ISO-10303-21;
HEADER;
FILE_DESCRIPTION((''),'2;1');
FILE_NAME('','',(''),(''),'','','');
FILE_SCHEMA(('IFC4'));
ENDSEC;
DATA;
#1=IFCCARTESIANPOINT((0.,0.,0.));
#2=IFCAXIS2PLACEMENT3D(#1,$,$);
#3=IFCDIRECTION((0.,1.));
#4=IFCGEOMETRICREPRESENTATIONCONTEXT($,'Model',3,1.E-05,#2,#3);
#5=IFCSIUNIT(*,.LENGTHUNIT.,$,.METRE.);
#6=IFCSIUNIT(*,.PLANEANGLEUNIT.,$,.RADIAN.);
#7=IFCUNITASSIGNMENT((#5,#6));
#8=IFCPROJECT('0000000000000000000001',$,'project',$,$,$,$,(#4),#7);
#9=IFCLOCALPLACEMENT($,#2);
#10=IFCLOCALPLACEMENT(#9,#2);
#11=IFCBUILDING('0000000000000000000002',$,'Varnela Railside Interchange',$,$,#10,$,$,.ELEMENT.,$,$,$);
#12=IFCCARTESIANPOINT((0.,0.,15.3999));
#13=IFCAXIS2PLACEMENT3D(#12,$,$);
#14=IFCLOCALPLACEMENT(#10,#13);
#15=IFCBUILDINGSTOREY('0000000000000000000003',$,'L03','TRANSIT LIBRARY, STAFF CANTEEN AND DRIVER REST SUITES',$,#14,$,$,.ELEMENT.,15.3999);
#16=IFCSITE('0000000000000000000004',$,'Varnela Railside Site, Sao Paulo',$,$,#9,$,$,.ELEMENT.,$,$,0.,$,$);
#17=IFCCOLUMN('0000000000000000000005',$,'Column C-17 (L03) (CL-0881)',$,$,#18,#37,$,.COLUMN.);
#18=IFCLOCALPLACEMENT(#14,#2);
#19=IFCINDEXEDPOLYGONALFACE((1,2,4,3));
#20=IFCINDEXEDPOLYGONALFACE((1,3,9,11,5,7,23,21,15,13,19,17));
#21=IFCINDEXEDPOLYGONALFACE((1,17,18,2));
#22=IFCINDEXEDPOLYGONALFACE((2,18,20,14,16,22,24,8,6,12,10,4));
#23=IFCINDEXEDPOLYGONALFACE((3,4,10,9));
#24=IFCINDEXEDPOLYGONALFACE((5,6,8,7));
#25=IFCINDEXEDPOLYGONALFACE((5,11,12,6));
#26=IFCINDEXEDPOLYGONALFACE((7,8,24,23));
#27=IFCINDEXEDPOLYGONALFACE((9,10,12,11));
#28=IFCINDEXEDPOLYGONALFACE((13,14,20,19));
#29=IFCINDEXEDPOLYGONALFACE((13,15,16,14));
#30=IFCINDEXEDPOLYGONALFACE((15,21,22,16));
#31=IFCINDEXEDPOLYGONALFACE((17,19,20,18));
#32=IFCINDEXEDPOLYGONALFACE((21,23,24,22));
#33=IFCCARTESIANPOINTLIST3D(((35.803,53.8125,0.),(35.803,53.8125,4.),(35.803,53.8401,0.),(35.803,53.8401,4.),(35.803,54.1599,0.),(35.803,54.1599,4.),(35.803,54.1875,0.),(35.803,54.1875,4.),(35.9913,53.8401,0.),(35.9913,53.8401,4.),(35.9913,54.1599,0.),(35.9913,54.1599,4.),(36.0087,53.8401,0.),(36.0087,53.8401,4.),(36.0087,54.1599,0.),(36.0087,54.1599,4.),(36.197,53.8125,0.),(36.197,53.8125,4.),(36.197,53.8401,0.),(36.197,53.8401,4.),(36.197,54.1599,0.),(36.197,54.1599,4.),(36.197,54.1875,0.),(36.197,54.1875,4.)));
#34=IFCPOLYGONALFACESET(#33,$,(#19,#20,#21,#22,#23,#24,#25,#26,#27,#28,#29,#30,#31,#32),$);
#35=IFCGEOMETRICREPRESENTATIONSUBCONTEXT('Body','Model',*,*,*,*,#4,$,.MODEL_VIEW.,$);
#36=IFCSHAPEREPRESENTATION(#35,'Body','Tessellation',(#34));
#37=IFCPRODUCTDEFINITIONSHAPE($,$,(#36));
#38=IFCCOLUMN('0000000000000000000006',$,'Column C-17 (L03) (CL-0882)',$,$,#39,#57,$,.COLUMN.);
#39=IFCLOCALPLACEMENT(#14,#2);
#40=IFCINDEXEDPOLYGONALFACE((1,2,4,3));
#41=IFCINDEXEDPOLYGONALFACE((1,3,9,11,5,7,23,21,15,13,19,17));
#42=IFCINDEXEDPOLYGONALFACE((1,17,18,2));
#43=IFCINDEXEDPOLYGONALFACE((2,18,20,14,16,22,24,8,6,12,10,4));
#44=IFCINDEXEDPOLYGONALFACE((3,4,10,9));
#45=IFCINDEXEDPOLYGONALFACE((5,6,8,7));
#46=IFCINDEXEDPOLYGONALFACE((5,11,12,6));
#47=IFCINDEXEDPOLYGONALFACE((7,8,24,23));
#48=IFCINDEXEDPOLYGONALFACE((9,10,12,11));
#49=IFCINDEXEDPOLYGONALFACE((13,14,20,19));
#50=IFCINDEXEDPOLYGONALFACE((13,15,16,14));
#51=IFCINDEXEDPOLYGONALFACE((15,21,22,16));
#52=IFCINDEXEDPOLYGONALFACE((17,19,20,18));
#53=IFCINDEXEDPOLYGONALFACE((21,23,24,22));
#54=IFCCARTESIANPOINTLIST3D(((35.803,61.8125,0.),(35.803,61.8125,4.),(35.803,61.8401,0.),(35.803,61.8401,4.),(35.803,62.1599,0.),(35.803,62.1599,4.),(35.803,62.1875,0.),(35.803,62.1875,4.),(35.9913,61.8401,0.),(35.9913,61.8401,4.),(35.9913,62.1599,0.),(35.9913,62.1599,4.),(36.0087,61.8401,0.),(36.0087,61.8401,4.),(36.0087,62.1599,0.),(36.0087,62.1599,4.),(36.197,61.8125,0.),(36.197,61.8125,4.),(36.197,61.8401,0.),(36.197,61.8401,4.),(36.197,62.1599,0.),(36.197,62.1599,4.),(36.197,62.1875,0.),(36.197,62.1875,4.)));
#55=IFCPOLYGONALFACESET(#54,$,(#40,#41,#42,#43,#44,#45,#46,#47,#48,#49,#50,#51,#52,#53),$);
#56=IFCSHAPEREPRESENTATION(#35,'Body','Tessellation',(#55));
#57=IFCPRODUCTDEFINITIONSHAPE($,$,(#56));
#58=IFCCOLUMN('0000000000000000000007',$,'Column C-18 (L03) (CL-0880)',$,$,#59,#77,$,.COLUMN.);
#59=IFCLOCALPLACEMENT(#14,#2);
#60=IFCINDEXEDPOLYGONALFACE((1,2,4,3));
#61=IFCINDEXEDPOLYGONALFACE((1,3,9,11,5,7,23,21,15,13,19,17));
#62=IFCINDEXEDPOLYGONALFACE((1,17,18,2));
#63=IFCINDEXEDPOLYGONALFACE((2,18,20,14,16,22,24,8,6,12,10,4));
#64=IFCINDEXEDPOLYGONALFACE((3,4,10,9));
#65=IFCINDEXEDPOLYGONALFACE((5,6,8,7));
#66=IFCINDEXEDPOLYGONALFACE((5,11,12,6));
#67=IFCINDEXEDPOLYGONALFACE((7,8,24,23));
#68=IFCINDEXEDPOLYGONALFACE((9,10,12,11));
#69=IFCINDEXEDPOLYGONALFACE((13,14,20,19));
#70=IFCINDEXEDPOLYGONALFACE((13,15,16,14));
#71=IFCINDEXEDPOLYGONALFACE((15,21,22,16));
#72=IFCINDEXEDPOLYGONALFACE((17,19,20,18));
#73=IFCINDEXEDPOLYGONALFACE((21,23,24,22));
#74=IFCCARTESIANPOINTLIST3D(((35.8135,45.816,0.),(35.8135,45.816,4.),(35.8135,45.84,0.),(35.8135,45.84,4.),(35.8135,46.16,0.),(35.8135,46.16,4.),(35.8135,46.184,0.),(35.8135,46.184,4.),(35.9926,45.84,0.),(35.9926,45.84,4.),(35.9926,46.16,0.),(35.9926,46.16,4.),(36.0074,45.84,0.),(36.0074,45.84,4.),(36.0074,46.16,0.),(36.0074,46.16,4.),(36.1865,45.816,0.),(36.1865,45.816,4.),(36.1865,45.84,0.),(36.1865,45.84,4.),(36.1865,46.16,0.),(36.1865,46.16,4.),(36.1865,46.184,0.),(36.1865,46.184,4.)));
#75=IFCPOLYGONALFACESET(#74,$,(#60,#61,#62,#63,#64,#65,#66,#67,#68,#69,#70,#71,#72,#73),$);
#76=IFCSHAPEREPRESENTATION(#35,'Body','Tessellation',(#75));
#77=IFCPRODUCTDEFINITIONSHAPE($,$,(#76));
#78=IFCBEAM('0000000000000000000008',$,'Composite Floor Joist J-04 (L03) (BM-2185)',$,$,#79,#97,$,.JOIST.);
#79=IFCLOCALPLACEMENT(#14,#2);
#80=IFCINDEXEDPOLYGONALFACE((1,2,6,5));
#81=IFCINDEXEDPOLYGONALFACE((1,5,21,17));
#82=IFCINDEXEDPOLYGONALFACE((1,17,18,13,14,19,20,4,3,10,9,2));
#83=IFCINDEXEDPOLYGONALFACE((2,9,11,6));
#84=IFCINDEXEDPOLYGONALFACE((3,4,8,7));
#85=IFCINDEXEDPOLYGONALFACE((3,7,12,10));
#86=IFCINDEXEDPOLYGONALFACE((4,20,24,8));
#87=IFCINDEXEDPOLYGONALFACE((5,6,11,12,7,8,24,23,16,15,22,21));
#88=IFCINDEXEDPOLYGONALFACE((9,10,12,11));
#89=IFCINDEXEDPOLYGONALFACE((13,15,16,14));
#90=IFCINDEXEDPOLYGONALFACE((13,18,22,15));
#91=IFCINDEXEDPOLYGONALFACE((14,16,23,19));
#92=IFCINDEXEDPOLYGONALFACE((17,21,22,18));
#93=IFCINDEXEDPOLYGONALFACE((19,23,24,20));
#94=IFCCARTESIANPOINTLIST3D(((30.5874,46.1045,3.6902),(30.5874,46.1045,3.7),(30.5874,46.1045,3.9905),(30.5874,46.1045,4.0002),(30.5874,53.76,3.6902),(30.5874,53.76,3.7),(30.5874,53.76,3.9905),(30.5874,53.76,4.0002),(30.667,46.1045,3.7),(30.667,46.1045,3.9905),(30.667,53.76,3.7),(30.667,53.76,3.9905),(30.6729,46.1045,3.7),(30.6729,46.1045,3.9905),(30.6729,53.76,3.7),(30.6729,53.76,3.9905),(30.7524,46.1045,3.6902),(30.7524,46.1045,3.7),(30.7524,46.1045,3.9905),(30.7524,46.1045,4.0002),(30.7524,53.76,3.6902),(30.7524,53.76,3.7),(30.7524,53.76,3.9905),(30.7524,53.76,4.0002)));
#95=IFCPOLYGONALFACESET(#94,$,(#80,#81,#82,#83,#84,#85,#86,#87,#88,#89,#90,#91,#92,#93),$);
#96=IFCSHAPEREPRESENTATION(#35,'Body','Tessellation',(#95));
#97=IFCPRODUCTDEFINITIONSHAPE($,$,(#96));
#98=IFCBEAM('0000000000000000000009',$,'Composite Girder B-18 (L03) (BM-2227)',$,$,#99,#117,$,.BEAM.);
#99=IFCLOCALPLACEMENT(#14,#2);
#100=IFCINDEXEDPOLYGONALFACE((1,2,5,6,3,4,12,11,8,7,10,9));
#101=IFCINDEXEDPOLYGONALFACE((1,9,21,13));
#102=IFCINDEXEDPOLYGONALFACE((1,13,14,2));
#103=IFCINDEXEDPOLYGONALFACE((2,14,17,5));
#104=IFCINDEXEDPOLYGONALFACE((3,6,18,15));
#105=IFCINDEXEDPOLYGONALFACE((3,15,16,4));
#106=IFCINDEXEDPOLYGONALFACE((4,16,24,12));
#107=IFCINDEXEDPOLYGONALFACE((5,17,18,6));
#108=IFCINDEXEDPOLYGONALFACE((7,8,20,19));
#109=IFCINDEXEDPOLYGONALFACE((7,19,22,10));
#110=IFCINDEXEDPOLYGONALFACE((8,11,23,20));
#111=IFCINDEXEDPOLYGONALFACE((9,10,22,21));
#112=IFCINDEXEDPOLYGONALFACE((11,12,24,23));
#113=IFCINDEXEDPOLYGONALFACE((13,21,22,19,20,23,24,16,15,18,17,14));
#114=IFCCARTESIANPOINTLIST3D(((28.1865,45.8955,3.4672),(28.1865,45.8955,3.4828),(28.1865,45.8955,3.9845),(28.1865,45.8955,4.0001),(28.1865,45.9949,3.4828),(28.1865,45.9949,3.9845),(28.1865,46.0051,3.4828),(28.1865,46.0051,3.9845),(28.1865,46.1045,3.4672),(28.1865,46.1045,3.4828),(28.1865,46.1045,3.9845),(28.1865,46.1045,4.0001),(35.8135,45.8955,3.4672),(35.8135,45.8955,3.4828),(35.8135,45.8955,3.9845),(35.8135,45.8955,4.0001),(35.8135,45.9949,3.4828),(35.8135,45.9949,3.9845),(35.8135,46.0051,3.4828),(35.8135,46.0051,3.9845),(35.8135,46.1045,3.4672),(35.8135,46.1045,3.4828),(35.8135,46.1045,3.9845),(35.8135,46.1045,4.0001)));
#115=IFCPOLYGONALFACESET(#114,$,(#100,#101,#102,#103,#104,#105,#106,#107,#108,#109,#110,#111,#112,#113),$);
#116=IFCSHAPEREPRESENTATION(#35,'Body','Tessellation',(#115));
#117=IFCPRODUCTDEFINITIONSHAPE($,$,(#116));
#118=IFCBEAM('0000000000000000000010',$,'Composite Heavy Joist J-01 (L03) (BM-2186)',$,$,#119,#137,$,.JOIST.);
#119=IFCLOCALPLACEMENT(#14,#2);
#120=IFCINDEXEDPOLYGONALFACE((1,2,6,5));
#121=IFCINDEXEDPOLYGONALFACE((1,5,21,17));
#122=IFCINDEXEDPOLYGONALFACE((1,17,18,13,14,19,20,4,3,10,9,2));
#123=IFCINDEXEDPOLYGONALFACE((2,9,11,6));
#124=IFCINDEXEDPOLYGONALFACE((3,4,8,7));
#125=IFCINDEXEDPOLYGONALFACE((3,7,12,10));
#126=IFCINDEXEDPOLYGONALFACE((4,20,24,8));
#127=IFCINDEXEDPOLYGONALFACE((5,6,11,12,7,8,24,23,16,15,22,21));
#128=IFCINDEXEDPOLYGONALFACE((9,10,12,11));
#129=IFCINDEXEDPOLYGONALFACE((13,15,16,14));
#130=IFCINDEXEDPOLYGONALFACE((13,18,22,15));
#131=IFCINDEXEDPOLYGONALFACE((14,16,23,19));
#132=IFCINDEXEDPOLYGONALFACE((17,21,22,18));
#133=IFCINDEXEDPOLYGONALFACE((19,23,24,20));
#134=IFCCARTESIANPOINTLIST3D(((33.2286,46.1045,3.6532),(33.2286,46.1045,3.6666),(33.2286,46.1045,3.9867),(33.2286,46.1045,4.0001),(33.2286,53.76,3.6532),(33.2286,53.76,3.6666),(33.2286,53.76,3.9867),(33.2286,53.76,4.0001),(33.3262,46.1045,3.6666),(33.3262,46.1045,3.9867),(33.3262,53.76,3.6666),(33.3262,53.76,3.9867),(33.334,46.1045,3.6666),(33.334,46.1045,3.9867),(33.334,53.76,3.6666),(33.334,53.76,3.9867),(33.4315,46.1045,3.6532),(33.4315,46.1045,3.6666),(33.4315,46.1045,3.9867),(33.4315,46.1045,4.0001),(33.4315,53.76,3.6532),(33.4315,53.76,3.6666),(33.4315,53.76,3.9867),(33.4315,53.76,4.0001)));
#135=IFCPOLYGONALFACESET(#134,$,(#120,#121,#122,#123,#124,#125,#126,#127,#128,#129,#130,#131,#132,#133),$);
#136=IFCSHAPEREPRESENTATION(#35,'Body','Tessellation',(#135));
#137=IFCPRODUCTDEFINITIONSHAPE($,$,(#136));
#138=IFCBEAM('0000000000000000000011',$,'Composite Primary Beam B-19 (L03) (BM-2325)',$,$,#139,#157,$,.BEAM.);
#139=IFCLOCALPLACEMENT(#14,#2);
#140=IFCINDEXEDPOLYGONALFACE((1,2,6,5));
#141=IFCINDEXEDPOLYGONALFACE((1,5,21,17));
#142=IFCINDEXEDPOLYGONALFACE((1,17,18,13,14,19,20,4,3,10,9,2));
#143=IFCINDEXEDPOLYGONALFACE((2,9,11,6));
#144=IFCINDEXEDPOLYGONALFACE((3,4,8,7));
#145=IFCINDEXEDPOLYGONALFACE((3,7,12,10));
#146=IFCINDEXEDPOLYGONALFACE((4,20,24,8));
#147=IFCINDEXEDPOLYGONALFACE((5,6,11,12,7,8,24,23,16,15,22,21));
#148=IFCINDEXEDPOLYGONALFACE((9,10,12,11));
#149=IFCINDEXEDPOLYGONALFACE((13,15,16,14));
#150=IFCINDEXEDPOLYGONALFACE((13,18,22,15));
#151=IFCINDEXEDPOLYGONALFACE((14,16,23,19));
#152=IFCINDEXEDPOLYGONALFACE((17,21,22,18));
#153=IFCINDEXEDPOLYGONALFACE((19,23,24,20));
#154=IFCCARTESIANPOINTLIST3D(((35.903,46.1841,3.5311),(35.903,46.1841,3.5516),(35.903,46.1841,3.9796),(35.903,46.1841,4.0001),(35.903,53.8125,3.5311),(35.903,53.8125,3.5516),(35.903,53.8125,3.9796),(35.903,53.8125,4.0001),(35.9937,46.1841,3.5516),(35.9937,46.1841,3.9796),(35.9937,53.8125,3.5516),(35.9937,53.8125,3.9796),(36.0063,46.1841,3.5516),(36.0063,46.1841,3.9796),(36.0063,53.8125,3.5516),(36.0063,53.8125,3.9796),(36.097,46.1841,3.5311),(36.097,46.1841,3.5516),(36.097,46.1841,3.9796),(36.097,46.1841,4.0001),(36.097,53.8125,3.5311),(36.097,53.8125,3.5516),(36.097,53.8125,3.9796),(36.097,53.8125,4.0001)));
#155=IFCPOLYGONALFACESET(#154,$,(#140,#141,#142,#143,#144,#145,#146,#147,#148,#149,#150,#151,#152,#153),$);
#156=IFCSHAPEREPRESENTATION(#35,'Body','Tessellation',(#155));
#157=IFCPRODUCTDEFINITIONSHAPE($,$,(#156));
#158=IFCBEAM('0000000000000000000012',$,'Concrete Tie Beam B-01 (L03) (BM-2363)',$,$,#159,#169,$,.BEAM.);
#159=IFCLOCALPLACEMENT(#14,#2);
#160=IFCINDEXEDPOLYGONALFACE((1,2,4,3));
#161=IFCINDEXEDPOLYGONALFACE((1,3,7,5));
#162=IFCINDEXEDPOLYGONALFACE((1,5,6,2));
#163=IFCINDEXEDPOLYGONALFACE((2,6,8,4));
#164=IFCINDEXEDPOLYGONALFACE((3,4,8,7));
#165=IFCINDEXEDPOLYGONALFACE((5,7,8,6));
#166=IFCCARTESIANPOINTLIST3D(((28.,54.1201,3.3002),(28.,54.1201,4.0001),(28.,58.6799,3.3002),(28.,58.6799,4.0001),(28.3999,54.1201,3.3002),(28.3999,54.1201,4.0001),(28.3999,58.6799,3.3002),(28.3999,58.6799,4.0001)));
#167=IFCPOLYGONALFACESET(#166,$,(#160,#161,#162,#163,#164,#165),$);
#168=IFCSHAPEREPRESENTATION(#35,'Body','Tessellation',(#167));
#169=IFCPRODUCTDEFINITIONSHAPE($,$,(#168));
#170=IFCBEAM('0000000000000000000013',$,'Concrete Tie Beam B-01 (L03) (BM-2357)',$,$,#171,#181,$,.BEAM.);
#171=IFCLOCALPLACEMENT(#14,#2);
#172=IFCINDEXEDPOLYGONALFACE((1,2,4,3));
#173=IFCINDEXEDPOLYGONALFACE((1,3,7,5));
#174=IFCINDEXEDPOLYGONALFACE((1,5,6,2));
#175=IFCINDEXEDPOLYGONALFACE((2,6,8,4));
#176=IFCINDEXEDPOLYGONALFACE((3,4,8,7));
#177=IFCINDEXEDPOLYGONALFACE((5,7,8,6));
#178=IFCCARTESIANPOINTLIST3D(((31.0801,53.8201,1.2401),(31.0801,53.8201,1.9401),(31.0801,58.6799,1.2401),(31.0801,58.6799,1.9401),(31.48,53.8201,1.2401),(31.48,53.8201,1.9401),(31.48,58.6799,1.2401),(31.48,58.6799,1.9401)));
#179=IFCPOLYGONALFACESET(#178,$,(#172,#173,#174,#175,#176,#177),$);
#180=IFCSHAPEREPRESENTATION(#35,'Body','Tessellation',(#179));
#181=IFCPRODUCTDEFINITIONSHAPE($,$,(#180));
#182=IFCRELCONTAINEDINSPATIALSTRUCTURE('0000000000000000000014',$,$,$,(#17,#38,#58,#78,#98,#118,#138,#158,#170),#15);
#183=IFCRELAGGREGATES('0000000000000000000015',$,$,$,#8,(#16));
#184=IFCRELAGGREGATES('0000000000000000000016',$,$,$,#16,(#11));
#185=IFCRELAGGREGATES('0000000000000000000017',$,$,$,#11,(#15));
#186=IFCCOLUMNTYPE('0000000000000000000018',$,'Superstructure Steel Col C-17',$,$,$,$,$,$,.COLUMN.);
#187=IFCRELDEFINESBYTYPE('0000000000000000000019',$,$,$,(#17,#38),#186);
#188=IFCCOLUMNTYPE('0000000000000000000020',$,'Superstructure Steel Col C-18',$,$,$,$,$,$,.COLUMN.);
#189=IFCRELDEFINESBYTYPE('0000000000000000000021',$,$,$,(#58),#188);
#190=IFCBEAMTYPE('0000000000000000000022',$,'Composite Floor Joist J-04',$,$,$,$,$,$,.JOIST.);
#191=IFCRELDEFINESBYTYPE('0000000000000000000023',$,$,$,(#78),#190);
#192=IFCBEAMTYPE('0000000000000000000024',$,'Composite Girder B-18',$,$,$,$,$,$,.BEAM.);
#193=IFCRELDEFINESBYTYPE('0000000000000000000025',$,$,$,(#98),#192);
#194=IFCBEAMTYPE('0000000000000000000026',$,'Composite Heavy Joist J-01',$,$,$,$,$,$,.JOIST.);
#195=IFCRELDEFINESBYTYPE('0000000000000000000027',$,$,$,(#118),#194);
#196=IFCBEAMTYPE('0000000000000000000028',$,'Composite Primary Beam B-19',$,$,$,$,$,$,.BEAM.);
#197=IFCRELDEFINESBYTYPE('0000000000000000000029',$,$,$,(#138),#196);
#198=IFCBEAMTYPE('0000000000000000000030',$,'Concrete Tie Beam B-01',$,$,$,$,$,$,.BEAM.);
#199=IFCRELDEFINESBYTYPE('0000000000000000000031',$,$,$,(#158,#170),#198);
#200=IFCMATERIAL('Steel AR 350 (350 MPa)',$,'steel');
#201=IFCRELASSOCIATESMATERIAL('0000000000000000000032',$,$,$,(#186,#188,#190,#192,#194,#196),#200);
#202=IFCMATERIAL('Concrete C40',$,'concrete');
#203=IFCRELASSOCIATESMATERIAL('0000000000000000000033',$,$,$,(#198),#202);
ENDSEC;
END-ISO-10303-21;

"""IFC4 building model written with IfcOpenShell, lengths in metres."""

from ifc_helpers import new_model, si_unit, direction, frame, origin, origin_2d, place, context, subcontext, project, spatial, rectangle, i_section, extrude, material, material_profile, profile_set, type_object, element, save


model = new_model("IFC4")

# Units and contexts
model_context = context("Model", 3, precision=1e-05, world=origin(), true_north=direction((0.0, 1.0)))
body_context = subcontext(model_context, "Body", "Model", "MODEL_VIEW")
ifc_project = project(units=[si_unit("LENGTHUNIT", "METRE"), si_unit("PLANEANGLEUNIT", "RADIAN")], contexts=[model_context])

# Site, building, storey
site_placement = place(None, origin())
site = spatial("IfcSite", under=ifc_project, at=site_placement, Name="Varnela Railside Site, Sao Paulo", CompositionType="ELEMENT", RefElevation=0.0)
building_placement = place(site_placement, origin())
building = spatial("IfcBuilding", under=site, at=building_placement, Name="Varnela Railside Interchange", CompositionType="ELEMENT")
storey_placement = place(building_placement, frame((0.0, 0.0, 15.3999)))
storey = spatial("IfcBuildingStorey", under=building, at=storey_placement, Name="L03", Description="TRANSIT LIBRARY, STAFF CANTEEN AND DRIVER REST SUITES", CompositionType="ELEMENT", Elevation=15.3999)

# Columns
ifc_material_1 = material(Name="Steel AR 350 (350 MPa)", Category="steel")
ifc_material_profile_1 = material_profile(ifc_material_1, i_section(OverallWidth=0.394, OverallDepth=0.375, WebThickness=0.0173, FlangeThickness=0.0276, at=origin_2d()), Name="W360x216")
ifc_profile_set_1 = profile_set([ifc_material_profile_1], Name="Steel AR 350 (350 MPa)")
column_type_1 = type_object("IfcColumnType", Name="Superstructure Steel Col C-17", PredefinedType="COLUMN", material=ifc_profile_set_1)
for number, where, z_axis, x_axis, name in (
    (1, (36.0, 54.0, 0.0), (0.0, 0.0, 1.0), (1.0, 0.0, 0.0), "Column C-17 (L03) (CL-0881)"),
    (2, (36.0, 62.0, 0.0), (0.0, 0.0, 1.0), (1.0, 0.0, 0.0), "Column C-17 (L03) (CL-0882)"),
):
    element("IfcColumn", number, at=place(storey_placement, frame(where, z_axis=z_axis, x_axis=x_axis)), inside=storey, type_object=column_type_1, Name=name, PredefinedType="COLUMN", context=body_context, shape_type="SweptSolid", body=[
        extrude(i_section(OverallWidth=0.394, OverallDepth=0.375, WebThickness=0.0173, FlangeThickness=0.0276, at=origin_2d()), origin(), (0.0, 0.0, 1.0), 4.0),
    ])
ifc_material_profile_2 = material_profile(ifc_material_1, i_section(OverallWidth=0.373, OverallDepth=0.3679, WebThickness=0.0149, FlangeThickness=0.0239, at=origin_2d()), Name="W360x179")
ifc_profile_set_2 = profile_set([ifc_material_profile_2], Name="Steel AR 350 (350 MPa)")
column_type_2 = type_object("IfcColumnType", Name="Superstructure Steel Col C-18", PredefinedType="COLUMN", material=ifc_profile_set_2)
column_placement = place(storey_placement, frame((36.0, 46.0, 0.0), z_axis=(0.0, 0.0, 1.0), x_axis=(1.0, 0.0, 0.0)))
element("IfcColumn", 3, at=column_placement, inside=storey, type_object=column_type_2, Name="Column C-18 (L03) (CL-0880)", PredefinedType="COLUMN", context=body_context, shape_type="SweptSolid", body=[
    extrude(i_section(OverallWidth=0.373, OverallDepth=0.3679, WebThickness=0.0149, FlangeThickness=0.0239, at=origin_2d()), origin(), (0.0, 0.0, 1.0), 4.0),
])

# Beams
ifc_material_profile_3 = material_profile(ifc_material_1, i_section(OverallWidth=0.165, OverallDepth=0.3101, WebThickness=0.0059, FlangeThickness=0.0098, at=origin_2d()), Name="W310x38.7")
ifc_profile_set_3 = profile_set([ifc_material_profile_3], Name="Steel AR 350 (350 MPa)")
beam_type_1 = type_object("IfcBeamType", Name="Composite Floor Joist J-04", PredefinedType="JOIST", material=ifc_profile_set_3)
beam_1_placement = place(storey_placement, frame((30.6699, 46.1045, 3.8452), z_axis=(0.0, 1.0, 0.0), x_axis=(-1.0, 0.0, 0.0)))
element("IfcBeam", 4, at=beam_1_placement, inside=storey, type_object=beam_type_1, Name="Composite Floor Joist J-04 (L03) (BM-2185)", PredefinedType="JOIST", context=body_context, shape_type="SweptSolid", body=[
    extrude(i_section(OverallWidth=0.165, OverallDepth=0.3101, WebThickness=0.0059, FlangeThickness=0.0098, at=origin_2d()), origin(), (0.0, 0.0, 1.0), 7.6555),
])
ifc_material_profile_4 = material_profile(ifc_material_1, i_section(OverallWidth=0.209, OverallDepth=0.533, WebThickness=0.0103, FlangeThickness=0.0156, at=origin_2d()), Name="W530x92")
ifc_profile_set_4 = profile_set([ifc_material_profile_4], Name="Steel AR 350 (350 MPa)")
beam_type_2 = type_object("IfcBeamType", Name="Composite Girder B-18", PredefinedType="BEAM", material=ifc_profile_set_4)
beam_2_placement = place(storey_placement, frame((28.1865, 46.0, 3.7336), z_axis=(1.0, 0.0, 0.0), x_axis=(0.0, 1.0, 0.0)))
element("IfcBeam", 5, at=beam_2_placement, inside=storey, type_object=beam_type_2, Name="Composite Girder B-18 (L03) (BM-2227)", PredefinedType="BEAM", context=body_context, shape_type="SweptSolid", body=[
    extrude(i_section(OverallWidth=0.209, OverallDepth=0.533, WebThickness=0.0103, FlangeThickness=0.0156, at=origin_2d()), origin(), (0.0, 0.0, 1.0), 7.627),
])
ifc_material_profile_5 = material_profile(ifc_material_1, i_section(OverallWidth=0.2029, OverallDepth=0.3469, WebThickness=0.0078, FlangeThickness=0.0134, at=origin_2d()), Name="W360x64")
ifc_profile_set_5 = profile_set([ifc_material_profile_5], Name="Steel AR 350 (350 MPa)")
beam_type_3 = type_object("IfcBeamType", Name="Composite Heavy Joist J-01", PredefinedType="JOIST", material=ifc_profile_set_5)
beam_3_placement = place(storey_placement, frame((33.3301, 46.1045, 3.8267), z_axis=(0.0, 1.0, 0.0), x_axis=(-1.0, 0.0, 0.0)))
element("IfcBeam", 6, at=beam_3_placement, inside=storey, type_object=beam_type_3, Name="Composite Heavy Joist J-01 (L03) (BM-2186)", PredefinedType="JOIST", context=body_context, shape_type="SweptSolid", body=[
    extrude(i_section(OverallWidth=0.2029, OverallDepth=0.3469, WebThickness=0.0078, FlangeThickness=0.0134, at=origin_2d()), origin(), (0.0, 0.0, 1.0), 7.6555),
])
ifc_material_profile_6 = material_profile(ifc_material_1, i_section(OverallWidth=0.1941, OverallDepth=0.469, WebThickness=0.0127, FlangeThickness=0.0205, at=origin_2d()), Name="W460x106")
ifc_profile_set_6 = profile_set([ifc_material_profile_6], Name="Steel AR 350 (350 MPa)")
beam_type_4 = type_object("IfcBeamType", Name="Composite Primary Beam B-19", PredefinedType="BEAM", material=ifc_profile_set_6)
beam_4_placement = place(storey_placement, frame((36.0, 46.1841, 3.7656), z_axis=(0.0, 1.0, 0.0), x_axis=(-1.0, 0.0, 0.0)))
element("IfcBeam", 7, at=beam_4_placement, inside=storey, type_object=beam_type_4, Name="Composite Primary Beam B-19 (L03) (BM-2325)", PredefinedType="BEAM", context=body_context, shape_type="SweptSolid", body=[
    extrude(i_section(OverallWidth=0.1941, OverallDepth=0.469, WebThickness=0.0127, FlangeThickness=0.0205, at=origin_2d()), origin(), (0.0, 0.0, 1.0), 7.6284),
])
ifc_material_2 = material(Name="Concrete C40", Category="concrete")
ifc_material_profile_7 = material_profile(ifc_material_2, rectangle(XDim=0.3999, YDim=0.7, at=origin_2d()), Name="RC 400x700")
ifc_profile_set_7 = profile_set([ifc_material_profile_7], Name="Concrete C40")
beam_type_5 = type_object("IfcBeamType", Name="Concrete Tie Beam B-01", PredefinedType="BEAM", material=ifc_profile_set_7)
beam_5_placement = place(storey_placement, frame((28.2, 54.1201, 3.6501), z_axis=(0.0, 1.0, 0.0), x_axis=(-1.0, 0.0, 0.0)))
element("IfcBeam", 8, at=beam_5_placement, inside=storey, type_object=beam_type_5, Name="Concrete Tie Beam B-01 (L03) (BM-2363)", PredefinedType="BEAM", context=body_context, shape_type="SweptSolid", body=[
    extrude(rectangle(XDim=0.3999, YDim=0.7, at=origin_2d()), origin(), (0.0, 0.0, 1.0), 4.5598),
])
beam_6_placement = place(storey_placement, frame((31.28, 53.8201, 1.5901), z_axis=(0.0, 1.0, 0.0), x_axis=(-1.0, 0.0, 0.0)))
element("IfcBeam", 9, at=beam_6_placement, inside=storey, type_object=beam_type_5, Name="Concrete Tie Beam B-01 (L03) (BM-2357)", PredefinedType="BEAM", context=body_context, shape_type="SweptSolid", body=[
    extrude(rectangle(XDim=0.3999, YDim=0.7, at=origin_2d()), origin(), (0.0, 0.0, 1.0), 4.8599),
])

save(model, "model.ifc")
